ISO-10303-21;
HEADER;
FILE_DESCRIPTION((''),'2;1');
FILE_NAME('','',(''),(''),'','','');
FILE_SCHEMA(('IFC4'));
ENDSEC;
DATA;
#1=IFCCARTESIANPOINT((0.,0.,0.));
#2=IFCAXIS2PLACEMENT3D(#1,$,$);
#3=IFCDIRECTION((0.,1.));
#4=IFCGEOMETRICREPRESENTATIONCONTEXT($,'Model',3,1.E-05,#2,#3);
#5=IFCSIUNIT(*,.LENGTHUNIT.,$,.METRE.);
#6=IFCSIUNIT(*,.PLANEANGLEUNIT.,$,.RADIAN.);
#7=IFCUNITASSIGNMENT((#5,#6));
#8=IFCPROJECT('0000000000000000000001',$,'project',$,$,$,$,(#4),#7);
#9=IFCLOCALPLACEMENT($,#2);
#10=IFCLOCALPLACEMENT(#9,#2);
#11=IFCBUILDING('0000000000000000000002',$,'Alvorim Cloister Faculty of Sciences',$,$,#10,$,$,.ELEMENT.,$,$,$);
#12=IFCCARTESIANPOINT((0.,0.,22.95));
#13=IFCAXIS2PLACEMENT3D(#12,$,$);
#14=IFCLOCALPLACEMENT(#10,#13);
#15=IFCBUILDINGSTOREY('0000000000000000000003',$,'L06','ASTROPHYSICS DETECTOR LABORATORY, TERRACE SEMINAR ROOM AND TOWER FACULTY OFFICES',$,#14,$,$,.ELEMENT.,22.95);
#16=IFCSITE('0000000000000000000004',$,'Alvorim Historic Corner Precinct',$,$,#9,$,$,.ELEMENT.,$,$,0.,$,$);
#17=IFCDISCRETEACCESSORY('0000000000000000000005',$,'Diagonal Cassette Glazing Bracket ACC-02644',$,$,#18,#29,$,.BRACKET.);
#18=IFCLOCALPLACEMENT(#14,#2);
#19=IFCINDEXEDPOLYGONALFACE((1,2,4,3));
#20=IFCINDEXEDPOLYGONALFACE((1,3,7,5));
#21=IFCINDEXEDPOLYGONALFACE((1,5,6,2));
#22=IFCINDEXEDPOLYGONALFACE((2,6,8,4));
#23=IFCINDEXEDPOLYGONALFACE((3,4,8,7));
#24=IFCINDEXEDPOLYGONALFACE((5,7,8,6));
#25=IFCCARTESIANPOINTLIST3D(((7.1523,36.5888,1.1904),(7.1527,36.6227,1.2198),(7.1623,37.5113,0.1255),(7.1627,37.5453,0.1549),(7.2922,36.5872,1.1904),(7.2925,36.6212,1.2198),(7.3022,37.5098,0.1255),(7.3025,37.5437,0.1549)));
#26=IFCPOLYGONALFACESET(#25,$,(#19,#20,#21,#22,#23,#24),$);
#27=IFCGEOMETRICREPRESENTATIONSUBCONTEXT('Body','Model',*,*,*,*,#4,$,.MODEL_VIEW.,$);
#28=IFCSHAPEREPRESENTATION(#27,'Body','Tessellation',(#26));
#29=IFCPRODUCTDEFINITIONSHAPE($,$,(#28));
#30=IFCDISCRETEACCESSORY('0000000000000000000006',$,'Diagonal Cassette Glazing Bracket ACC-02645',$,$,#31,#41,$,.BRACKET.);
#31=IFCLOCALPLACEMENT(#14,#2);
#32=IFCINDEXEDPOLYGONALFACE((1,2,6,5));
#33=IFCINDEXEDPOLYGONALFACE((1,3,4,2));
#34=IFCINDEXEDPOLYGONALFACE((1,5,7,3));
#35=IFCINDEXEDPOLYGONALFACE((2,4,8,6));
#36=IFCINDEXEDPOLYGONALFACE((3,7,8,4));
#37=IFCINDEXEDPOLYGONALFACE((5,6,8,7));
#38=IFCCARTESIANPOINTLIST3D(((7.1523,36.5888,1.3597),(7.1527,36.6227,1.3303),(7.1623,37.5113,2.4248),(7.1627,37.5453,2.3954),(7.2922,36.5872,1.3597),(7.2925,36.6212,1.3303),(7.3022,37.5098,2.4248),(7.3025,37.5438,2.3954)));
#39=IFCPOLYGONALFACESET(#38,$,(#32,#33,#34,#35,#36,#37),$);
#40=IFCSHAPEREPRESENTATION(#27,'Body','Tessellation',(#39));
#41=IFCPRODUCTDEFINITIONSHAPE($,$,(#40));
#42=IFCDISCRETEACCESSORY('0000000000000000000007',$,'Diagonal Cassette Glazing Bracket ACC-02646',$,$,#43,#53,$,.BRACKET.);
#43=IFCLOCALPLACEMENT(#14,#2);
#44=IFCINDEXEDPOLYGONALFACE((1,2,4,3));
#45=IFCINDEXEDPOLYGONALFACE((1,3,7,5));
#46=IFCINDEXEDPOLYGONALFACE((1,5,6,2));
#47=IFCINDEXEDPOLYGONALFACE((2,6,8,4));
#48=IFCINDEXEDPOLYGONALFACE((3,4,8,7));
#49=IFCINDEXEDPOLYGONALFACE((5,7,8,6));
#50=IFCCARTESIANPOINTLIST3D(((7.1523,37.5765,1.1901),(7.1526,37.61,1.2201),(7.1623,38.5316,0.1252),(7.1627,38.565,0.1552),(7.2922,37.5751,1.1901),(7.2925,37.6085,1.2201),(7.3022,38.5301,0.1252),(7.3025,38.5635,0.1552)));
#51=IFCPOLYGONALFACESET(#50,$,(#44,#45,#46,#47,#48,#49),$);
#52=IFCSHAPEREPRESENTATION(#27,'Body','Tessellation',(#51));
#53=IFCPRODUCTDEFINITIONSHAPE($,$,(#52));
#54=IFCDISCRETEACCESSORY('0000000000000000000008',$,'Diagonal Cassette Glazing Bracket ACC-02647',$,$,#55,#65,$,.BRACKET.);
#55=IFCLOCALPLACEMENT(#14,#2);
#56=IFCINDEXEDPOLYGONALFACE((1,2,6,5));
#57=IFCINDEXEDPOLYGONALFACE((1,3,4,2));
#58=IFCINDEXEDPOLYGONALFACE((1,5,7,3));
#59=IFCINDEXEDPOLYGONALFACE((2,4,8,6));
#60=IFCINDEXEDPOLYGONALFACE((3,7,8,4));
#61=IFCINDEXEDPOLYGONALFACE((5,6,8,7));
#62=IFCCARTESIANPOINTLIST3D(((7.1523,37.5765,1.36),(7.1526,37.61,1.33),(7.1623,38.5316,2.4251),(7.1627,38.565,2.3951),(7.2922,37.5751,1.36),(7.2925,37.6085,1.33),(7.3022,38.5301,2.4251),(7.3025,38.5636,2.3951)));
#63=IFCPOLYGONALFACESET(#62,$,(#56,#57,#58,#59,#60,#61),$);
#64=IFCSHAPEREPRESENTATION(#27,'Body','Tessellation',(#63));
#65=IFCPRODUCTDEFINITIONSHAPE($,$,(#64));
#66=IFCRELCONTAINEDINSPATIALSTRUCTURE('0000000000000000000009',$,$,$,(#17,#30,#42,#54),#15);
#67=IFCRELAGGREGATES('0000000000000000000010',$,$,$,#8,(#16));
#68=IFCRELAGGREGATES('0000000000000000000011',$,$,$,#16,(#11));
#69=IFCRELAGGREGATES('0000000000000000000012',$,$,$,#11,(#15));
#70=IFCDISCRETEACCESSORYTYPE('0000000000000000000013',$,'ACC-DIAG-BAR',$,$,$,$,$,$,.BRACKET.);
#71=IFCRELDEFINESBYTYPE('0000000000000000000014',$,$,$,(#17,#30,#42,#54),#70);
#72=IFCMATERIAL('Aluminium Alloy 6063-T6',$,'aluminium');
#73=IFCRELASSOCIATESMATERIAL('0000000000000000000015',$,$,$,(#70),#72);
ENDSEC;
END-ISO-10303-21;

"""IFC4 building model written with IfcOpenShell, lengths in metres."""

from ifc_helpers import new_model, si_unit, direction, frame, origin, origin_2d, place, context, subcontext, project, spatial, rectangle, extrude, material, type_object, element, save


model = new_model("IFC4")

# Units and contexts
model_context = context("Model", 3, precision=1e-05, world=origin(), true_north=direction((0.0, 1.0)))
body_context = subcontext(model_context, "Body", "Model", "MODEL_VIEW")
ifc_project = project(units=[si_unit("LENGTHUNIT", "METRE"), si_unit("PLANEANGLEUNIT", "RADIAN")], contexts=[model_context])

# Site, building, storey
site_placement = place(None, origin())
site = spatial("IfcSite", under=ifc_project, at=site_placement, Name="Alvorim Historic Corner Precinct", CompositionType="ELEMENT", RefElevation=0.0)
building_placement = place(site_placement, origin())
building = spatial("IfcBuilding", under=site, at=building_placement, Name="Alvorim Cloister Faculty of Sciences", CompositionType="ELEMENT")
storey_placement = place(building_placement, frame((0.0, 0.0, 22.95)))
storey = spatial("IfcBuildingStorey", under=building, at=storey_placement, Name="L06", Description="ASTROPHYSICS DETECTOR LABORATORY, TERRACE SEMINAR ROOM AND TOWER FACULTY OFFICES", CompositionType="ELEMENT", Elevation=22.95)

# Shared definitions
ifc_material_1 = material(Name="Aluminium Alloy 6063-T6", Category="aluminium")

# Discrete accessories
discrete_accessory_type = type_object("IfcDiscreteAccessoryType", Name="ACC-DIAG-BAR", PredefinedType="BRACKET", material=ifc_material_1)
discrete_accessory_1_placement = place(storey_placement, frame((7.2224, 36.605, 1.2051), z_axis=(0.007104, 0.654775, -0.75579), x_axis=(-0.999941, 0.010849, 0.0)))
element("IfcDiscreteAccessory", 1, at=discrete_accessory_1_placement, inside=storey, type_object=discrete_accessory_type, Name="Diagonal Cassette Glazing Bracket ACC-02644", PredefinedType="BRACKET", context=body_context, shape_type="SweptSolid", body=[
    extrude(rectangle(XDim=0.1399, YDim=0.0449, at=origin_2d()), origin(), (0.0, 0.0, 1.0), 1.4089),
])
discrete_accessory_2_placement = place(storey_placement, frame((7.2224, 36.605, 1.345), z_axis=(0.007103, 0.65469, 0.755864), x_axis=(-0.999941, 0.010849, 0.0)))
element("IfcDiscreteAccessory", 2, at=discrete_accessory_2_placement, inside=storey, type_object=discrete_accessory_type, Name="Diagonal Cassette Glazing Bracket ACC-02645", PredefinedType="BRACKET", context=body_context, shape_type="SweptSolid", body=[
    extrude(rectangle(XDim=0.1399, YDim=0.0449, at=origin_2d()), origin(), (0.0, 0.0, 1.0), 1.4092),
])
discrete_accessory_3_placement = place(storey_placement, frame((7.2224, 37.5925, 1.2051), z_axis=(0.006997, 0.667646, -0.744446), x_axis=(-0.999945, 0.01048, 0.0)))
element("IfcDiscreteAccessory", 3, at=discrete_accessory_3_placement, inside=storey, type_object=discrete_accessory_type, Name="Diagonal Cassette Glazing Bracket ACC-02646", PredefinedType="BRACKET", context=body_context, shape_type="SweptSolid", body=[
    extrude(rectangle(XDim=0.1399, YDim=0.0449, at=origin_2d()), origin(), (0.0, 0.0, 1.0), 1.4304),
])
discrete_accessory_4_placement = place(storey_placement, frame((7.2224, 37.5925, 1.345), z_axis=(0.006996, 0.667561, 0.744522), x_axis=(-0.999945, 0.01048, 0.0)))
element("IfcDiscreteAccessory", 4, at=discrete_accessory_4_placement, inside=storey, type_object=discrete_accessory_type, Name="Diagonal Cassette Glazing Bracket ACC-02647", PredefinedType="BRACKET", context=body_context, shape_type="SweptSolid", body=[
    extrude(rectangle(XDim=0.1399, YDim=0.0449, at=origin_2d()), origin(), (0.0, 0.0, 1.0), 1.4307),
])

save(model, "model.ifc")
